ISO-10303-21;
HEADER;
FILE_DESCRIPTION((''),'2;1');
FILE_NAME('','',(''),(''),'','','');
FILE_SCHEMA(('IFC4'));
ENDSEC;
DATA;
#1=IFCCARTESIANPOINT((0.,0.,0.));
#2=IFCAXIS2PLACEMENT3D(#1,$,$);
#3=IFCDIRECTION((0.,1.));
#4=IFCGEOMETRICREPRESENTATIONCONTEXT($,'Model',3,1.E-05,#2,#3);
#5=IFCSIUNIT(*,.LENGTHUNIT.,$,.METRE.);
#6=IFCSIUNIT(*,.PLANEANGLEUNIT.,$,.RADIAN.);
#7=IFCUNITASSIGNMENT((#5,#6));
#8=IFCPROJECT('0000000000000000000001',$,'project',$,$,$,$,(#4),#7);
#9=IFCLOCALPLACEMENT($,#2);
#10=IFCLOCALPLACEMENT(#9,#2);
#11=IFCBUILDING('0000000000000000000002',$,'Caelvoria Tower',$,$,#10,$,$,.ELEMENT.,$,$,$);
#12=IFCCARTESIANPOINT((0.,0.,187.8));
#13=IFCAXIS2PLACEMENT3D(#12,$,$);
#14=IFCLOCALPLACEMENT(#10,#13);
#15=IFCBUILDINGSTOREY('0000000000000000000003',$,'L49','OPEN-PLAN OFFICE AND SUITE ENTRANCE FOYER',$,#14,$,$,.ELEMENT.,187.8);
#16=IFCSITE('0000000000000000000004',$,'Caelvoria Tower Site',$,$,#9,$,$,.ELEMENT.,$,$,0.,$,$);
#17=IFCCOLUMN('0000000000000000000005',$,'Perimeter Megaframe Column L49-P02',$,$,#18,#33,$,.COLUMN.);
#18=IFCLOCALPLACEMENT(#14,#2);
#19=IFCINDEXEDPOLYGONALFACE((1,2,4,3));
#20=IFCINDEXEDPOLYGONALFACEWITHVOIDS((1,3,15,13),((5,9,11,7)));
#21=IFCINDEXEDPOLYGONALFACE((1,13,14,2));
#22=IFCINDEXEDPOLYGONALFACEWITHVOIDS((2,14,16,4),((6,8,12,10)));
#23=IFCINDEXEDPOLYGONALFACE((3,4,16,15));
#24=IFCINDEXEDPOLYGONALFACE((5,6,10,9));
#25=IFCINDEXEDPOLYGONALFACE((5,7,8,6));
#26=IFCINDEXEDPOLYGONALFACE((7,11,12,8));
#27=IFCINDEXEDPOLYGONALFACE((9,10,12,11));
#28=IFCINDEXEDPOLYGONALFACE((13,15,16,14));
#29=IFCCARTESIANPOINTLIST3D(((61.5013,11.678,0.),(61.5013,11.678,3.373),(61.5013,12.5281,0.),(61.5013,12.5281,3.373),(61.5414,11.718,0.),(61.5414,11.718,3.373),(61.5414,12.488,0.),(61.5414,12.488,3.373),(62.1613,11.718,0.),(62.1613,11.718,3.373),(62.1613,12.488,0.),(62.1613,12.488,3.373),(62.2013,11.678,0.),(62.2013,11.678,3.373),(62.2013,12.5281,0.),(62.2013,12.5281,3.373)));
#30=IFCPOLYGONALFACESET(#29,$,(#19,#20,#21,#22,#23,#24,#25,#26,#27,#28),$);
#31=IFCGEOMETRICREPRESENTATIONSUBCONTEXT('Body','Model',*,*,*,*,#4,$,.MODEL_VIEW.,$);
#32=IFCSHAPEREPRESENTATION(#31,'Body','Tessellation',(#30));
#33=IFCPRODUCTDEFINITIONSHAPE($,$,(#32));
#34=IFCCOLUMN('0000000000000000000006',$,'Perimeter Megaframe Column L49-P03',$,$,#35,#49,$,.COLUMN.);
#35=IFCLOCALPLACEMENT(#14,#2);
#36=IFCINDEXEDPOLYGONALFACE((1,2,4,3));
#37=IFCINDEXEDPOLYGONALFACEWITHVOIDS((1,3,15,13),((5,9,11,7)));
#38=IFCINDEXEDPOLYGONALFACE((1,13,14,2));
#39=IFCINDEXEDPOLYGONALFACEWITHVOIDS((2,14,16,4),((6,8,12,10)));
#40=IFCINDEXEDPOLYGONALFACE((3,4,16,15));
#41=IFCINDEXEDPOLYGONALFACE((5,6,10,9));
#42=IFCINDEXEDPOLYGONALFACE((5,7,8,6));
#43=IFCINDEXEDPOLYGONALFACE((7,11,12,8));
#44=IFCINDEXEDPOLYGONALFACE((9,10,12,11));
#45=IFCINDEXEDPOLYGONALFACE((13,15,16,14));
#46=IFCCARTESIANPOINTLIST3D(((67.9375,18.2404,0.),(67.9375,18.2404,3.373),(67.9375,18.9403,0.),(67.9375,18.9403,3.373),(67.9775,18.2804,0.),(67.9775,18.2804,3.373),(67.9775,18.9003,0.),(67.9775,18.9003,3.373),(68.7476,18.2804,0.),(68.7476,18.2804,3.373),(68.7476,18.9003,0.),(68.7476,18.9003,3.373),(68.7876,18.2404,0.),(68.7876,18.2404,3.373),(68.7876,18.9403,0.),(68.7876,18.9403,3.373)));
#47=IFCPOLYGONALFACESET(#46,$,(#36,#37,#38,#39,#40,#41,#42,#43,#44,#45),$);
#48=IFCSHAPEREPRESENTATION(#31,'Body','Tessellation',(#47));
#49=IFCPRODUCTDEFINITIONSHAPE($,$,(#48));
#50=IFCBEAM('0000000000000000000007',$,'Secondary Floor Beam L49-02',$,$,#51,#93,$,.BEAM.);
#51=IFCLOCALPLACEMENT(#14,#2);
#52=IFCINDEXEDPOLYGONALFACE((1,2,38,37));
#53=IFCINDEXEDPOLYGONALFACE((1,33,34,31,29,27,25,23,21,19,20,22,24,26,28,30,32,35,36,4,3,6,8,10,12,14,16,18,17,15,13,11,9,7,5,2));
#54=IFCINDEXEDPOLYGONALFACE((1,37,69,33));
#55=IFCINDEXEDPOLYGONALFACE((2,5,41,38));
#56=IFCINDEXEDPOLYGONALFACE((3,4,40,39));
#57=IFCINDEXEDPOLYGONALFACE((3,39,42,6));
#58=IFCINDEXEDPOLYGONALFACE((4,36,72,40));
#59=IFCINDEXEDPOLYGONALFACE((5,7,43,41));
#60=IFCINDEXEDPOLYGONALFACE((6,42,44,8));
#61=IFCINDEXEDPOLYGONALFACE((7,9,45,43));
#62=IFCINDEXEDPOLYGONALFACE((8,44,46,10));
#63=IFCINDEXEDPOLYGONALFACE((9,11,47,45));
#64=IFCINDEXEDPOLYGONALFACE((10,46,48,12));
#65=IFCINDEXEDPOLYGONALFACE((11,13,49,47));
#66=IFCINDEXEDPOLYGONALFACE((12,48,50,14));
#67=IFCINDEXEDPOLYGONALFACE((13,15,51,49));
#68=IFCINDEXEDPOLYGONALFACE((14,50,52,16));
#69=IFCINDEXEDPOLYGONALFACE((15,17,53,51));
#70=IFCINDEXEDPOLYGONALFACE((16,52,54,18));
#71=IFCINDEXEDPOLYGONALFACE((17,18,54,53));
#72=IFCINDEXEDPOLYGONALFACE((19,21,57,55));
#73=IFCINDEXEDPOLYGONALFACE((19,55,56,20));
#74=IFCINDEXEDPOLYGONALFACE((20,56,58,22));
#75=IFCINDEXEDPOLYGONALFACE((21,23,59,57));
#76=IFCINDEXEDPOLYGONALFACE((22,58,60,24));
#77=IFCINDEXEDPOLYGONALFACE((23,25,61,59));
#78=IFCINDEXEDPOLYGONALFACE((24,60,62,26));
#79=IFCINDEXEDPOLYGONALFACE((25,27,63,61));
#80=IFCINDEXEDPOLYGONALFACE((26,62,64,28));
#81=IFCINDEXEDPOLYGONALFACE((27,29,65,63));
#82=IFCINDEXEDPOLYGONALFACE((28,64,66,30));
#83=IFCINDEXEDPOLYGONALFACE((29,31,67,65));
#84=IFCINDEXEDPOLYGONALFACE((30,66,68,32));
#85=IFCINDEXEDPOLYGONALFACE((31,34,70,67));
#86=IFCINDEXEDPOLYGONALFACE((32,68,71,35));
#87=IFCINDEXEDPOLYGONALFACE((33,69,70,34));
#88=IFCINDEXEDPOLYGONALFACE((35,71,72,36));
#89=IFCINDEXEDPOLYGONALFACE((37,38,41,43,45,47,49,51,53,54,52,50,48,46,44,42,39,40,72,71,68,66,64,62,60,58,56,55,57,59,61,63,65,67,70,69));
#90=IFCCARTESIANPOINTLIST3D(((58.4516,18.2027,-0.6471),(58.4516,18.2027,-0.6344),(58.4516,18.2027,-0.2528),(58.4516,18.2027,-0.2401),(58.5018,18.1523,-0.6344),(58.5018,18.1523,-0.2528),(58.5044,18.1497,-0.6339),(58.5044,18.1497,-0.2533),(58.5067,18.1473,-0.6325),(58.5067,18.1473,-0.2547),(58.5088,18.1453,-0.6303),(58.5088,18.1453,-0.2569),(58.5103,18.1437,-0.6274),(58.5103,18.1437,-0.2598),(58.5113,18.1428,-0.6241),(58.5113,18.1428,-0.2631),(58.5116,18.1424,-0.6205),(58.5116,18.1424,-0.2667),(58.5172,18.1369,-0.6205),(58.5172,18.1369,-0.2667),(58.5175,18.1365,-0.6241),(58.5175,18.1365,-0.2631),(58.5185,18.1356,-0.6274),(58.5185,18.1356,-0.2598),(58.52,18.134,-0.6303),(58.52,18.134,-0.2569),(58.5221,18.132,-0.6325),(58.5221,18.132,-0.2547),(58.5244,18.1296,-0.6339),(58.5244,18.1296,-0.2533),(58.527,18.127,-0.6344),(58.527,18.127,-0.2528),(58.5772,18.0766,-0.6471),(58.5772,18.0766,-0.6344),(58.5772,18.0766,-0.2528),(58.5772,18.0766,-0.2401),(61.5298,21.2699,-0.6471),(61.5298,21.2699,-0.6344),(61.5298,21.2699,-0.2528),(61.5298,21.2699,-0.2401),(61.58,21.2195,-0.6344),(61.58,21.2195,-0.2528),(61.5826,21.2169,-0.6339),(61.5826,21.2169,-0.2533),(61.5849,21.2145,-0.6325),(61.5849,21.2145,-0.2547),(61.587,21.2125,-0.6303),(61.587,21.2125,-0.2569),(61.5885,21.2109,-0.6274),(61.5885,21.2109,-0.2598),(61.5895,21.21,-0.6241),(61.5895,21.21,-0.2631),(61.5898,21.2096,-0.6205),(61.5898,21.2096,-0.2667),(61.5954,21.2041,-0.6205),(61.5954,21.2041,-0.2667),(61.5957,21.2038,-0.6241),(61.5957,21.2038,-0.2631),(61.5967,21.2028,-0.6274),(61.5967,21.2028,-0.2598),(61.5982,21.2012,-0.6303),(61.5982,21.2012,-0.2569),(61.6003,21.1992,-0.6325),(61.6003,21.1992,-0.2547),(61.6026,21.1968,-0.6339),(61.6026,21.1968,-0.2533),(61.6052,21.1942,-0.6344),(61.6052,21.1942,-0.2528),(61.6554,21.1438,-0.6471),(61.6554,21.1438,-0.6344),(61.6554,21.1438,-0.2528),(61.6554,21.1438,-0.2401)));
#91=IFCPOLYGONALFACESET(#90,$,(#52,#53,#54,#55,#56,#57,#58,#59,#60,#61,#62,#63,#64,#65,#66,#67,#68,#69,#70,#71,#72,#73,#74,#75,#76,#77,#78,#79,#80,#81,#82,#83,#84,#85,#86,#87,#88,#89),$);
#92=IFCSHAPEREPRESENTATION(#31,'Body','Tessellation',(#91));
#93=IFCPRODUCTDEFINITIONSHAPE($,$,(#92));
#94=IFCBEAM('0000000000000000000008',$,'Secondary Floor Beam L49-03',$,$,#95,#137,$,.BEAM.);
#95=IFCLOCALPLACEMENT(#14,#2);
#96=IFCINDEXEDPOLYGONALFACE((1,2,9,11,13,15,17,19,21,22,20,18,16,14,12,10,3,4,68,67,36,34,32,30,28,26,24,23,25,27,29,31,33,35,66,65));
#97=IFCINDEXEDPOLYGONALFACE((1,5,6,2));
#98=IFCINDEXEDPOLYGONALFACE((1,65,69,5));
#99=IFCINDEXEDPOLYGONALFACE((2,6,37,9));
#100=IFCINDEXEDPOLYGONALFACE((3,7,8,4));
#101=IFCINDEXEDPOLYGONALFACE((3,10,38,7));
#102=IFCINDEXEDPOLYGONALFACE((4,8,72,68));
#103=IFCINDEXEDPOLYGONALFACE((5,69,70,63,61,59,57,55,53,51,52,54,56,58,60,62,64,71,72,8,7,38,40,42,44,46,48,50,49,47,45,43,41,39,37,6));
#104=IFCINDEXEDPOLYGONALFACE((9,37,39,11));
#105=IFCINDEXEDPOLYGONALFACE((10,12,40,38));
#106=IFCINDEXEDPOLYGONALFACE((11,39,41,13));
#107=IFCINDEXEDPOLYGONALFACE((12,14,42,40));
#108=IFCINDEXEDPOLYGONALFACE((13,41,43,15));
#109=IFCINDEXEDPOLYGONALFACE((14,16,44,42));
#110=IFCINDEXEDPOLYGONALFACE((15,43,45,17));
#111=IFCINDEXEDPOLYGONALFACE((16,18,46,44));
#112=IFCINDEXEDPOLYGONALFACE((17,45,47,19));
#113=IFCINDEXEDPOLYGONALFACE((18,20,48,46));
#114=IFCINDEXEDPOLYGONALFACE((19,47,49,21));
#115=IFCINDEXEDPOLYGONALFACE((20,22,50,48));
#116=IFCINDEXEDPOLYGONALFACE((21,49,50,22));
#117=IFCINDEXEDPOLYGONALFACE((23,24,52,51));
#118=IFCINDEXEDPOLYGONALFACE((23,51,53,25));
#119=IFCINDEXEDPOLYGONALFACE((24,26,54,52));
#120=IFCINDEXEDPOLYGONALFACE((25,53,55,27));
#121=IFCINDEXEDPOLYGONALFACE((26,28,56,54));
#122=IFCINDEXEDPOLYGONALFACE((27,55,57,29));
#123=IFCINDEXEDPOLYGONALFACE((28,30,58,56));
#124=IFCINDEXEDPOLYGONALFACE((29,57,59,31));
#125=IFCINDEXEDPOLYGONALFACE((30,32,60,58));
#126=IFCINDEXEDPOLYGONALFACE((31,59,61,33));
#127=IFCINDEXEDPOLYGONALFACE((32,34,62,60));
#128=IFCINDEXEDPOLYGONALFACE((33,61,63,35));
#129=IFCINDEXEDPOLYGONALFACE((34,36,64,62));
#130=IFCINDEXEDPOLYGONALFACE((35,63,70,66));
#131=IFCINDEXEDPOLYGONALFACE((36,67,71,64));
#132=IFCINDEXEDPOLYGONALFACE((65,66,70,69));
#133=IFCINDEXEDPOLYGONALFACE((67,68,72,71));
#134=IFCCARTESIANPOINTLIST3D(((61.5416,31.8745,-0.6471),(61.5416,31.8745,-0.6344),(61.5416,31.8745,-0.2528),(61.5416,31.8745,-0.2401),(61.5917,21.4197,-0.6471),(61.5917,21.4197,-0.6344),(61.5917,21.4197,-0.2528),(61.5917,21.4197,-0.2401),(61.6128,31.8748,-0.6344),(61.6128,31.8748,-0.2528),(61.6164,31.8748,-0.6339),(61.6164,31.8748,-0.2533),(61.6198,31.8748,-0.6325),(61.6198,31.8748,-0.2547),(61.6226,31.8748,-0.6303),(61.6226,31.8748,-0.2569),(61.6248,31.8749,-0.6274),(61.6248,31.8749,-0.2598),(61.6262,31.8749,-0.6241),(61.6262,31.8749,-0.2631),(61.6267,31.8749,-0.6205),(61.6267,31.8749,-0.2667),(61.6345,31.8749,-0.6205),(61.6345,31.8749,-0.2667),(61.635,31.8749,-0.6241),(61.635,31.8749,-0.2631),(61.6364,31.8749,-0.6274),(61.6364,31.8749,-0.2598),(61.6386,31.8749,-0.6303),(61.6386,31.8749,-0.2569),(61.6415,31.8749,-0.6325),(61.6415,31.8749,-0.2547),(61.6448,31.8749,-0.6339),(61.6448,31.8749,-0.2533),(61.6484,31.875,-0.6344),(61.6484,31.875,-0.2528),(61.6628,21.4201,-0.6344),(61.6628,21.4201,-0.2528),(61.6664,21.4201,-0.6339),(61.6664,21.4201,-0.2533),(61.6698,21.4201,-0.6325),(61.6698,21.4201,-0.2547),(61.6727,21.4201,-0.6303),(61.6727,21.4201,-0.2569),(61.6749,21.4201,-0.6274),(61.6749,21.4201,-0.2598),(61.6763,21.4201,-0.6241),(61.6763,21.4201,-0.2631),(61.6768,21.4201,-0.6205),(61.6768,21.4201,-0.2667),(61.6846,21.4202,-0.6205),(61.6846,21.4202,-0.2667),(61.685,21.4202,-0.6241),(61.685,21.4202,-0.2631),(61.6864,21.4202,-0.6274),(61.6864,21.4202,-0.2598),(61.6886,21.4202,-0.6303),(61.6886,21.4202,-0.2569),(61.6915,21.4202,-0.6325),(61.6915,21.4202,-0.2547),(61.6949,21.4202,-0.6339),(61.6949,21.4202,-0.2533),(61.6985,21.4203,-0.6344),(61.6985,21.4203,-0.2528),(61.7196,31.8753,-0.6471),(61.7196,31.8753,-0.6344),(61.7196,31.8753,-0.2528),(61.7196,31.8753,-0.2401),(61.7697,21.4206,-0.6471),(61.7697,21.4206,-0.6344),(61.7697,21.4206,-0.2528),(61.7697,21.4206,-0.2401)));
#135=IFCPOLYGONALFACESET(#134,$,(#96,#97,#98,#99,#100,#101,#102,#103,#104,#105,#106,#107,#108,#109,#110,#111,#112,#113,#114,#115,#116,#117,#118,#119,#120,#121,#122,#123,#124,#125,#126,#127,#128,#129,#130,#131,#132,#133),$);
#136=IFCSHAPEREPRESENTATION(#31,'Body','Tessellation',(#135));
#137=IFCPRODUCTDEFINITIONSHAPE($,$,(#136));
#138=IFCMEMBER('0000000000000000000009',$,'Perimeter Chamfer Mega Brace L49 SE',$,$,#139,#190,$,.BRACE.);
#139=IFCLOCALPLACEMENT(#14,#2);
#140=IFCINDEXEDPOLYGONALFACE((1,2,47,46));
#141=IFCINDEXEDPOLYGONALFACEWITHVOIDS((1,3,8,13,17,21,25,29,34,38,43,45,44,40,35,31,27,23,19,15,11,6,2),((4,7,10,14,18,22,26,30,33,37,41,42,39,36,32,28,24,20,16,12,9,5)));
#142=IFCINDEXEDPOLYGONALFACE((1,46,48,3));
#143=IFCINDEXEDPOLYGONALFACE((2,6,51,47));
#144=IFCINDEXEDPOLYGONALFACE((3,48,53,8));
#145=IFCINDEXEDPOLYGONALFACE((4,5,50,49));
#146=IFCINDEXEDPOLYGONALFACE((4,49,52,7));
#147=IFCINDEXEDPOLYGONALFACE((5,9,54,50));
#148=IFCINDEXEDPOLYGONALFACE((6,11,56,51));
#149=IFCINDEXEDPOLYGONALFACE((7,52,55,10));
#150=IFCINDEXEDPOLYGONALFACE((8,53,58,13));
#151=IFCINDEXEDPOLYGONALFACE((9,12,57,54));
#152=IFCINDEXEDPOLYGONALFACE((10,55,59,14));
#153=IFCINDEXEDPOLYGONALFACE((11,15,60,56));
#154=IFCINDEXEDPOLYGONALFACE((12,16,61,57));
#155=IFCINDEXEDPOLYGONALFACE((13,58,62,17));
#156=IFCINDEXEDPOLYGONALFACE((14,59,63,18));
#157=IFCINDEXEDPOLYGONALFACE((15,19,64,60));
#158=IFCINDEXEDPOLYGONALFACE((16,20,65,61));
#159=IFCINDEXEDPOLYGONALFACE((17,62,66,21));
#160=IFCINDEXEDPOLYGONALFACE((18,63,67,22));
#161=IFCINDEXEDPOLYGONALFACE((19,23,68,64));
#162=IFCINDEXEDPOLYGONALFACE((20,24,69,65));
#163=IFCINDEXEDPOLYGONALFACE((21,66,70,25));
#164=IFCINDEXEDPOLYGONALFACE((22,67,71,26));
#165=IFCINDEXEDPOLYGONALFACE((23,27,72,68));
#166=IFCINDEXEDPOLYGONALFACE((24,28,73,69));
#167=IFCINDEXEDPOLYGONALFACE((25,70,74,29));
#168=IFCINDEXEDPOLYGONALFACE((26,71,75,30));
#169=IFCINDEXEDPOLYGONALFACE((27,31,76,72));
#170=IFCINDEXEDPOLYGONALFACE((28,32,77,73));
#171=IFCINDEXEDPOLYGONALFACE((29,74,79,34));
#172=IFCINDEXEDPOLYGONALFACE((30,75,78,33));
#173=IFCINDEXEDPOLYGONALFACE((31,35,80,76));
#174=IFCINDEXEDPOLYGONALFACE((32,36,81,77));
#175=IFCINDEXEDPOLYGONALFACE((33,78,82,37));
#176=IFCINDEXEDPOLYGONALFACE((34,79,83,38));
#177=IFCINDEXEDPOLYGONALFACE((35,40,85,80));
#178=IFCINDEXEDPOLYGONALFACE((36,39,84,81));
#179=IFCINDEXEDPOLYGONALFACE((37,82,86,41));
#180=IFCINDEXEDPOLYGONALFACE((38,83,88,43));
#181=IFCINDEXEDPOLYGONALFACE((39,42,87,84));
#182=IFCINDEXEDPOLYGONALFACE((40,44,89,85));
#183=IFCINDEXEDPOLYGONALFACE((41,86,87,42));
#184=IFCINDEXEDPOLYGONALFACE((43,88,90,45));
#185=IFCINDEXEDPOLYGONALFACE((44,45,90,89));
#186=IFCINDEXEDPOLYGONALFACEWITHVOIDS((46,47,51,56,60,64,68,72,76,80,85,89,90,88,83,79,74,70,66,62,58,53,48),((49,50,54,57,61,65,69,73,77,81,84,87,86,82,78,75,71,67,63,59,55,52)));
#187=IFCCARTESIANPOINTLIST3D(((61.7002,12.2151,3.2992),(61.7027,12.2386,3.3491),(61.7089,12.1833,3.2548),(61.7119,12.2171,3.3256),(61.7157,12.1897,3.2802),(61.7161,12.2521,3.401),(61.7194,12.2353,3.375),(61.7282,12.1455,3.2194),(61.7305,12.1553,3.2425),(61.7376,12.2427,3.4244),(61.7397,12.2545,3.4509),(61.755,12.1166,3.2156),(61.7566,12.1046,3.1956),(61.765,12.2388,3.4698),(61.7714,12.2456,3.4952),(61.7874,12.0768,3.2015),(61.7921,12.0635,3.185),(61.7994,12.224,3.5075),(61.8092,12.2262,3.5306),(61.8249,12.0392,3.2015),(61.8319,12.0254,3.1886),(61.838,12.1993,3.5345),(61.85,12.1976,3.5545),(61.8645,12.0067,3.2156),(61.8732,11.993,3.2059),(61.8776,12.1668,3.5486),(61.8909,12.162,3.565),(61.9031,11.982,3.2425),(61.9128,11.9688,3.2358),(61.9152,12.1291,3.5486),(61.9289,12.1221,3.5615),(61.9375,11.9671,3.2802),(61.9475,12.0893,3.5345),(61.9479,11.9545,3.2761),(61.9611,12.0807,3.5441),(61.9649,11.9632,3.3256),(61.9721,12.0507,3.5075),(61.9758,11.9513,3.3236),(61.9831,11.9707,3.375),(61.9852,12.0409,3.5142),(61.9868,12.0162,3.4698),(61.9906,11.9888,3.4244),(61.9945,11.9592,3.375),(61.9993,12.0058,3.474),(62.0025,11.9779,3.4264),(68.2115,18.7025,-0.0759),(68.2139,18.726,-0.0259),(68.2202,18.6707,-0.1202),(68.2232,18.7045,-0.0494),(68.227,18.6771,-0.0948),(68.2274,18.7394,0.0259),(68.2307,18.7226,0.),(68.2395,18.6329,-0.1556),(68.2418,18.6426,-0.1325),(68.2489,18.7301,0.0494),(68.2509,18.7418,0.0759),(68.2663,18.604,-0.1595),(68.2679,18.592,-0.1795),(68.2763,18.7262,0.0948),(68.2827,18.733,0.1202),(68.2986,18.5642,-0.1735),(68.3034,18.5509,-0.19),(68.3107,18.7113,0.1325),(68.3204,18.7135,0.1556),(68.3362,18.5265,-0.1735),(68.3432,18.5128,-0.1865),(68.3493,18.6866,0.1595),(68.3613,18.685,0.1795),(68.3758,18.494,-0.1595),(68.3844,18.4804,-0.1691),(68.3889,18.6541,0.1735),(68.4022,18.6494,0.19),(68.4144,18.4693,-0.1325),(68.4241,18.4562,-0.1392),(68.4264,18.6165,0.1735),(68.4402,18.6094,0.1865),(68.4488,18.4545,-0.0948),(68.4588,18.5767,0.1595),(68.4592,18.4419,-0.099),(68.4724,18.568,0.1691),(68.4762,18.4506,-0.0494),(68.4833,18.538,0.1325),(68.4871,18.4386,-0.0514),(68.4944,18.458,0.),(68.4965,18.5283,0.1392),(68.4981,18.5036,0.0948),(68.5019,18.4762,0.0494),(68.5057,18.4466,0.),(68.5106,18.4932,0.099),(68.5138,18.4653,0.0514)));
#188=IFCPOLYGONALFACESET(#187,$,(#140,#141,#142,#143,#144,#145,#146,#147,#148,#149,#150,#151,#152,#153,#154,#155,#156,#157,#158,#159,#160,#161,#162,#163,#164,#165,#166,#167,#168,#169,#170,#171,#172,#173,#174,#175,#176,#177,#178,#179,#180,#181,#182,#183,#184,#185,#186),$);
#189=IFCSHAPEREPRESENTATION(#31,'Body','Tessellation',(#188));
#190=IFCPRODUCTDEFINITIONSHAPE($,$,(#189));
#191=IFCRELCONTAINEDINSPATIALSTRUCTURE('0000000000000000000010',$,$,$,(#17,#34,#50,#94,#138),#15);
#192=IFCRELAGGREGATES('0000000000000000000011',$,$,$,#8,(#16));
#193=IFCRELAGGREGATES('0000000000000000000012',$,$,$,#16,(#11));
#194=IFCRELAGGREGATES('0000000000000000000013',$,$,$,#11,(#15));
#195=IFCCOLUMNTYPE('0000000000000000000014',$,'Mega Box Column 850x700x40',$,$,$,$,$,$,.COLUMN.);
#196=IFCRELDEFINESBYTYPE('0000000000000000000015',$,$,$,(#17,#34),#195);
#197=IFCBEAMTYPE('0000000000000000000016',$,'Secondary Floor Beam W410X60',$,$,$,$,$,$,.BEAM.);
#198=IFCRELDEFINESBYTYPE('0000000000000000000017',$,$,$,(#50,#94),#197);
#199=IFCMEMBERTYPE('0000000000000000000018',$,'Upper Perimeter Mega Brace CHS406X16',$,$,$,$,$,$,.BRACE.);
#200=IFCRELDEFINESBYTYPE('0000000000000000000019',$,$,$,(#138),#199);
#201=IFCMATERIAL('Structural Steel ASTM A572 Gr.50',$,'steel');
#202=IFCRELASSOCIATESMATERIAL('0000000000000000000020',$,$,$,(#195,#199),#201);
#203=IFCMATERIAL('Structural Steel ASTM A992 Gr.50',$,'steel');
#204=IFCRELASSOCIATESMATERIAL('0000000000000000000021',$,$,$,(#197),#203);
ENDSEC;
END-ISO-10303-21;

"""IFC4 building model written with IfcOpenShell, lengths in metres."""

from ifc_helpers import new_model, si_unit, direction, frame, origin, origin_2d, place, context, subcontext, project, spatial, hollow_rectangle, hollow_circle, i_section, extrude, material, material_profile, profile_set, type_object, element, save


model = new_model("IFC4")

# Units and contexts
model_context = context("Model", 3, precision=1e-05, world=origin(), true_north=direction((0.0, 1.0)))
body_context = subcontext(model_context, "Body", "Model", "MODEL_VIEW")
ifc_project = project(units=[si_unit("LENGTHUNIT", "METRE"), si_unit("PLANEANGLEUNIT", "RADIAN")], contexts=[model_context])

# Site, building, storey
site_placement = place(None, origin())
site = spatial("IfcSite", under=ifc_project, at=site_placement, Name="Caelvoria Tower Site", CompositionType="ELEMENT", RefElevation=0.0)
building_placement = place(site_placement, origin())
building = spatial("IfcBuilding", under=site, at=building_placement, Name="Caelvoria Tower", CompositionType="ELEMENT")
storey_placement = place(building_placement, frame((0.0, 0.0, 187.8)))
storey = spatial("IfcBuildingStorey", under=building, at=storey_placement, Name="L49", Description="OPEN-PLAN OFFICE AND SUITE ENTRANCE FOYER", CompositionType="ELEMENT", Elevation=187.8)

# Columns
ifc_material_1 = material(Name="Structural Steel ASTM A572 Gr.50", Category="steel")
ifc_material_profile_1 = material_profile(ifc_material_1, hollow_rectangle(XDim=0.7, YDim=0.8501, WallThickness=0.04, at=origin_2d()), Name="Structural Steel ASTM A572 Gr.50")
ifc_profile_set_1 = profile_set([ifc_material_profile_1], Name="BOX850X700X40 - Structural Steel ASTM A572 Gr.50")
column_type = type_object("IfcColumnType", Name="Mega Box Column 850x700x40", PredefinedType="COLUMN", material=ifc_profile_set_1)
for number, where, z_axis, x_axis, name in (
    (1, (61.8513, 12.103, 0.0), (0.0, 0.0, 1.0), (1.0, 0.0, 0.0), "Perimeter Megaframe Column L49-P02"),
    (2, (68.3625, 18.5903, 0.0), (0.0, 0.0, 1.0), (0.0, 1.0, 0.0), "Perimeter Megaframe Column L49-P03"),
):
    element("IfcColumn", number, at=place(storey_placement, frame(where, z_axis=z_axis, x_axis=x_axis)), inside=storey, type_object=column_type, Name=name, PredefinedType="COLUMN", context=body_context, shape_type="SweptSolid", body=[
        extrude(hollow_rectangle(XDim=0.7, YDim=0.8501, WallThickness=0.04, at=origin_2d()), origin(), (0.0, 0.0, 1.0), 3.373),
    ])

# Beams
ifc_material_2 = material(Name="Structural Steel ASTM A992 Gr.50", Category="steel")
ifc_material_profile_2 = material_profile(ifc_material_2, i_section(OverallWidth=0.178, OverallDepth=0.407, WebThickness=0.0078, FlangeThickness=0.0127, FilletRadius=0.0139, at=origin_2d()), Name="Structural Steel ASTM A992 Gr.50")
ifc_profile_set_2 = profile_set([ifc_material_profile_2], Name="W410X60 - Structural Steel ASTM A992 Gr.50")
beam_type_1 = type_object("IfcBeamType", Name="Secondary Floor Beam W410X60", PredefinedType="BEAM", material=ifc_profile_set_2)
beam_1_placement = place(storey_placement, frame((58.5144, 18.1396, -0.4436), z_axis=(0.70837, 0.705842, 0.0), x_axis=(-0.705842, 0.70837, 0.0)))
element("IfcBeam", 3, at=beam_1_placement, inside=storey, type_object=beam_type_1, Name="Secondary Floor Beam L49-02", PredefinedType="BEAM", context=body_context, shape_type="SweptSolid", body=[
    extrude(i_section(OverallWidth=0.178, OverallDepth=0.407, WebThickness=0.0078, FlangeThickness=0.0127, FilletRadius=0.0139, at=origin_2d()), origin(), (0.0, 0.0, 1.0), 4.3455),
])
beam_2_placement = place(storey_placement, frame((61.6807, 21.4202, -0.4436), z_axis=(-0.004787, 0.999989, 0.0), x_axis=(-0.999989, -0.004787, 0.0)))
element("IfcBeam", 4, at=beam_2_placement, inside=storey, type_object=beam_type_1, Name="Secondary Floor Beam L49-03", PredefinedType="BEAM", context=body_context, shape_type="SweptSolid", body=[
    extrude(i_section(OverallWidth=0.178, OverallDepth=0.407, WebThickness=0.0078, FlangeThickness=0.0127, FilletRadius=0.0139, at=origin_2d()), origin(), (0.0, 0.0, 1.0), 10.4548),
])

# Member
ifc_material_profile_3 = material_profile(ifc_material_1, hollow_circle(Radius=0.2029, WallThickness=0.0161, at=origin_2d()), Name="Structural Steel ASTM A572 Gr.50")
ifc_profile_set_3 = profile_set([ifc_material_profile_3], Name="CHS406X16 - Structural Steel ASTM A572 Gr.50")
member_type = type_object("IfcMemberType", Name="Upper Perimeter Mega Brace CHS406X16", PredefinedType="BRACE", material=ifc_profile_set_3)
member_placement = place(storey_placement, frame((68.3625, 18.5903, 0.0), z_axis=(-0.664994, -0.66255, 0.34469), x_axis=(0.705804, -0.708407, 0.0)))
element("IfcMember", 5, at=member_placement, inside=storey, type_object=member_type, Name="Perimeter Chamfer Mega Brace L49 SE", PredefinedType="BRACE", context=body_context, shape_type="SweptSolid", body=[
    extrude(hollow_circle(Radius=0.2029, WallThickness=0.0161, at=origin_2d()), origin(), (0.0, 0.0, 1.0), 9.7915),
])

save(model, "model.ifc")
